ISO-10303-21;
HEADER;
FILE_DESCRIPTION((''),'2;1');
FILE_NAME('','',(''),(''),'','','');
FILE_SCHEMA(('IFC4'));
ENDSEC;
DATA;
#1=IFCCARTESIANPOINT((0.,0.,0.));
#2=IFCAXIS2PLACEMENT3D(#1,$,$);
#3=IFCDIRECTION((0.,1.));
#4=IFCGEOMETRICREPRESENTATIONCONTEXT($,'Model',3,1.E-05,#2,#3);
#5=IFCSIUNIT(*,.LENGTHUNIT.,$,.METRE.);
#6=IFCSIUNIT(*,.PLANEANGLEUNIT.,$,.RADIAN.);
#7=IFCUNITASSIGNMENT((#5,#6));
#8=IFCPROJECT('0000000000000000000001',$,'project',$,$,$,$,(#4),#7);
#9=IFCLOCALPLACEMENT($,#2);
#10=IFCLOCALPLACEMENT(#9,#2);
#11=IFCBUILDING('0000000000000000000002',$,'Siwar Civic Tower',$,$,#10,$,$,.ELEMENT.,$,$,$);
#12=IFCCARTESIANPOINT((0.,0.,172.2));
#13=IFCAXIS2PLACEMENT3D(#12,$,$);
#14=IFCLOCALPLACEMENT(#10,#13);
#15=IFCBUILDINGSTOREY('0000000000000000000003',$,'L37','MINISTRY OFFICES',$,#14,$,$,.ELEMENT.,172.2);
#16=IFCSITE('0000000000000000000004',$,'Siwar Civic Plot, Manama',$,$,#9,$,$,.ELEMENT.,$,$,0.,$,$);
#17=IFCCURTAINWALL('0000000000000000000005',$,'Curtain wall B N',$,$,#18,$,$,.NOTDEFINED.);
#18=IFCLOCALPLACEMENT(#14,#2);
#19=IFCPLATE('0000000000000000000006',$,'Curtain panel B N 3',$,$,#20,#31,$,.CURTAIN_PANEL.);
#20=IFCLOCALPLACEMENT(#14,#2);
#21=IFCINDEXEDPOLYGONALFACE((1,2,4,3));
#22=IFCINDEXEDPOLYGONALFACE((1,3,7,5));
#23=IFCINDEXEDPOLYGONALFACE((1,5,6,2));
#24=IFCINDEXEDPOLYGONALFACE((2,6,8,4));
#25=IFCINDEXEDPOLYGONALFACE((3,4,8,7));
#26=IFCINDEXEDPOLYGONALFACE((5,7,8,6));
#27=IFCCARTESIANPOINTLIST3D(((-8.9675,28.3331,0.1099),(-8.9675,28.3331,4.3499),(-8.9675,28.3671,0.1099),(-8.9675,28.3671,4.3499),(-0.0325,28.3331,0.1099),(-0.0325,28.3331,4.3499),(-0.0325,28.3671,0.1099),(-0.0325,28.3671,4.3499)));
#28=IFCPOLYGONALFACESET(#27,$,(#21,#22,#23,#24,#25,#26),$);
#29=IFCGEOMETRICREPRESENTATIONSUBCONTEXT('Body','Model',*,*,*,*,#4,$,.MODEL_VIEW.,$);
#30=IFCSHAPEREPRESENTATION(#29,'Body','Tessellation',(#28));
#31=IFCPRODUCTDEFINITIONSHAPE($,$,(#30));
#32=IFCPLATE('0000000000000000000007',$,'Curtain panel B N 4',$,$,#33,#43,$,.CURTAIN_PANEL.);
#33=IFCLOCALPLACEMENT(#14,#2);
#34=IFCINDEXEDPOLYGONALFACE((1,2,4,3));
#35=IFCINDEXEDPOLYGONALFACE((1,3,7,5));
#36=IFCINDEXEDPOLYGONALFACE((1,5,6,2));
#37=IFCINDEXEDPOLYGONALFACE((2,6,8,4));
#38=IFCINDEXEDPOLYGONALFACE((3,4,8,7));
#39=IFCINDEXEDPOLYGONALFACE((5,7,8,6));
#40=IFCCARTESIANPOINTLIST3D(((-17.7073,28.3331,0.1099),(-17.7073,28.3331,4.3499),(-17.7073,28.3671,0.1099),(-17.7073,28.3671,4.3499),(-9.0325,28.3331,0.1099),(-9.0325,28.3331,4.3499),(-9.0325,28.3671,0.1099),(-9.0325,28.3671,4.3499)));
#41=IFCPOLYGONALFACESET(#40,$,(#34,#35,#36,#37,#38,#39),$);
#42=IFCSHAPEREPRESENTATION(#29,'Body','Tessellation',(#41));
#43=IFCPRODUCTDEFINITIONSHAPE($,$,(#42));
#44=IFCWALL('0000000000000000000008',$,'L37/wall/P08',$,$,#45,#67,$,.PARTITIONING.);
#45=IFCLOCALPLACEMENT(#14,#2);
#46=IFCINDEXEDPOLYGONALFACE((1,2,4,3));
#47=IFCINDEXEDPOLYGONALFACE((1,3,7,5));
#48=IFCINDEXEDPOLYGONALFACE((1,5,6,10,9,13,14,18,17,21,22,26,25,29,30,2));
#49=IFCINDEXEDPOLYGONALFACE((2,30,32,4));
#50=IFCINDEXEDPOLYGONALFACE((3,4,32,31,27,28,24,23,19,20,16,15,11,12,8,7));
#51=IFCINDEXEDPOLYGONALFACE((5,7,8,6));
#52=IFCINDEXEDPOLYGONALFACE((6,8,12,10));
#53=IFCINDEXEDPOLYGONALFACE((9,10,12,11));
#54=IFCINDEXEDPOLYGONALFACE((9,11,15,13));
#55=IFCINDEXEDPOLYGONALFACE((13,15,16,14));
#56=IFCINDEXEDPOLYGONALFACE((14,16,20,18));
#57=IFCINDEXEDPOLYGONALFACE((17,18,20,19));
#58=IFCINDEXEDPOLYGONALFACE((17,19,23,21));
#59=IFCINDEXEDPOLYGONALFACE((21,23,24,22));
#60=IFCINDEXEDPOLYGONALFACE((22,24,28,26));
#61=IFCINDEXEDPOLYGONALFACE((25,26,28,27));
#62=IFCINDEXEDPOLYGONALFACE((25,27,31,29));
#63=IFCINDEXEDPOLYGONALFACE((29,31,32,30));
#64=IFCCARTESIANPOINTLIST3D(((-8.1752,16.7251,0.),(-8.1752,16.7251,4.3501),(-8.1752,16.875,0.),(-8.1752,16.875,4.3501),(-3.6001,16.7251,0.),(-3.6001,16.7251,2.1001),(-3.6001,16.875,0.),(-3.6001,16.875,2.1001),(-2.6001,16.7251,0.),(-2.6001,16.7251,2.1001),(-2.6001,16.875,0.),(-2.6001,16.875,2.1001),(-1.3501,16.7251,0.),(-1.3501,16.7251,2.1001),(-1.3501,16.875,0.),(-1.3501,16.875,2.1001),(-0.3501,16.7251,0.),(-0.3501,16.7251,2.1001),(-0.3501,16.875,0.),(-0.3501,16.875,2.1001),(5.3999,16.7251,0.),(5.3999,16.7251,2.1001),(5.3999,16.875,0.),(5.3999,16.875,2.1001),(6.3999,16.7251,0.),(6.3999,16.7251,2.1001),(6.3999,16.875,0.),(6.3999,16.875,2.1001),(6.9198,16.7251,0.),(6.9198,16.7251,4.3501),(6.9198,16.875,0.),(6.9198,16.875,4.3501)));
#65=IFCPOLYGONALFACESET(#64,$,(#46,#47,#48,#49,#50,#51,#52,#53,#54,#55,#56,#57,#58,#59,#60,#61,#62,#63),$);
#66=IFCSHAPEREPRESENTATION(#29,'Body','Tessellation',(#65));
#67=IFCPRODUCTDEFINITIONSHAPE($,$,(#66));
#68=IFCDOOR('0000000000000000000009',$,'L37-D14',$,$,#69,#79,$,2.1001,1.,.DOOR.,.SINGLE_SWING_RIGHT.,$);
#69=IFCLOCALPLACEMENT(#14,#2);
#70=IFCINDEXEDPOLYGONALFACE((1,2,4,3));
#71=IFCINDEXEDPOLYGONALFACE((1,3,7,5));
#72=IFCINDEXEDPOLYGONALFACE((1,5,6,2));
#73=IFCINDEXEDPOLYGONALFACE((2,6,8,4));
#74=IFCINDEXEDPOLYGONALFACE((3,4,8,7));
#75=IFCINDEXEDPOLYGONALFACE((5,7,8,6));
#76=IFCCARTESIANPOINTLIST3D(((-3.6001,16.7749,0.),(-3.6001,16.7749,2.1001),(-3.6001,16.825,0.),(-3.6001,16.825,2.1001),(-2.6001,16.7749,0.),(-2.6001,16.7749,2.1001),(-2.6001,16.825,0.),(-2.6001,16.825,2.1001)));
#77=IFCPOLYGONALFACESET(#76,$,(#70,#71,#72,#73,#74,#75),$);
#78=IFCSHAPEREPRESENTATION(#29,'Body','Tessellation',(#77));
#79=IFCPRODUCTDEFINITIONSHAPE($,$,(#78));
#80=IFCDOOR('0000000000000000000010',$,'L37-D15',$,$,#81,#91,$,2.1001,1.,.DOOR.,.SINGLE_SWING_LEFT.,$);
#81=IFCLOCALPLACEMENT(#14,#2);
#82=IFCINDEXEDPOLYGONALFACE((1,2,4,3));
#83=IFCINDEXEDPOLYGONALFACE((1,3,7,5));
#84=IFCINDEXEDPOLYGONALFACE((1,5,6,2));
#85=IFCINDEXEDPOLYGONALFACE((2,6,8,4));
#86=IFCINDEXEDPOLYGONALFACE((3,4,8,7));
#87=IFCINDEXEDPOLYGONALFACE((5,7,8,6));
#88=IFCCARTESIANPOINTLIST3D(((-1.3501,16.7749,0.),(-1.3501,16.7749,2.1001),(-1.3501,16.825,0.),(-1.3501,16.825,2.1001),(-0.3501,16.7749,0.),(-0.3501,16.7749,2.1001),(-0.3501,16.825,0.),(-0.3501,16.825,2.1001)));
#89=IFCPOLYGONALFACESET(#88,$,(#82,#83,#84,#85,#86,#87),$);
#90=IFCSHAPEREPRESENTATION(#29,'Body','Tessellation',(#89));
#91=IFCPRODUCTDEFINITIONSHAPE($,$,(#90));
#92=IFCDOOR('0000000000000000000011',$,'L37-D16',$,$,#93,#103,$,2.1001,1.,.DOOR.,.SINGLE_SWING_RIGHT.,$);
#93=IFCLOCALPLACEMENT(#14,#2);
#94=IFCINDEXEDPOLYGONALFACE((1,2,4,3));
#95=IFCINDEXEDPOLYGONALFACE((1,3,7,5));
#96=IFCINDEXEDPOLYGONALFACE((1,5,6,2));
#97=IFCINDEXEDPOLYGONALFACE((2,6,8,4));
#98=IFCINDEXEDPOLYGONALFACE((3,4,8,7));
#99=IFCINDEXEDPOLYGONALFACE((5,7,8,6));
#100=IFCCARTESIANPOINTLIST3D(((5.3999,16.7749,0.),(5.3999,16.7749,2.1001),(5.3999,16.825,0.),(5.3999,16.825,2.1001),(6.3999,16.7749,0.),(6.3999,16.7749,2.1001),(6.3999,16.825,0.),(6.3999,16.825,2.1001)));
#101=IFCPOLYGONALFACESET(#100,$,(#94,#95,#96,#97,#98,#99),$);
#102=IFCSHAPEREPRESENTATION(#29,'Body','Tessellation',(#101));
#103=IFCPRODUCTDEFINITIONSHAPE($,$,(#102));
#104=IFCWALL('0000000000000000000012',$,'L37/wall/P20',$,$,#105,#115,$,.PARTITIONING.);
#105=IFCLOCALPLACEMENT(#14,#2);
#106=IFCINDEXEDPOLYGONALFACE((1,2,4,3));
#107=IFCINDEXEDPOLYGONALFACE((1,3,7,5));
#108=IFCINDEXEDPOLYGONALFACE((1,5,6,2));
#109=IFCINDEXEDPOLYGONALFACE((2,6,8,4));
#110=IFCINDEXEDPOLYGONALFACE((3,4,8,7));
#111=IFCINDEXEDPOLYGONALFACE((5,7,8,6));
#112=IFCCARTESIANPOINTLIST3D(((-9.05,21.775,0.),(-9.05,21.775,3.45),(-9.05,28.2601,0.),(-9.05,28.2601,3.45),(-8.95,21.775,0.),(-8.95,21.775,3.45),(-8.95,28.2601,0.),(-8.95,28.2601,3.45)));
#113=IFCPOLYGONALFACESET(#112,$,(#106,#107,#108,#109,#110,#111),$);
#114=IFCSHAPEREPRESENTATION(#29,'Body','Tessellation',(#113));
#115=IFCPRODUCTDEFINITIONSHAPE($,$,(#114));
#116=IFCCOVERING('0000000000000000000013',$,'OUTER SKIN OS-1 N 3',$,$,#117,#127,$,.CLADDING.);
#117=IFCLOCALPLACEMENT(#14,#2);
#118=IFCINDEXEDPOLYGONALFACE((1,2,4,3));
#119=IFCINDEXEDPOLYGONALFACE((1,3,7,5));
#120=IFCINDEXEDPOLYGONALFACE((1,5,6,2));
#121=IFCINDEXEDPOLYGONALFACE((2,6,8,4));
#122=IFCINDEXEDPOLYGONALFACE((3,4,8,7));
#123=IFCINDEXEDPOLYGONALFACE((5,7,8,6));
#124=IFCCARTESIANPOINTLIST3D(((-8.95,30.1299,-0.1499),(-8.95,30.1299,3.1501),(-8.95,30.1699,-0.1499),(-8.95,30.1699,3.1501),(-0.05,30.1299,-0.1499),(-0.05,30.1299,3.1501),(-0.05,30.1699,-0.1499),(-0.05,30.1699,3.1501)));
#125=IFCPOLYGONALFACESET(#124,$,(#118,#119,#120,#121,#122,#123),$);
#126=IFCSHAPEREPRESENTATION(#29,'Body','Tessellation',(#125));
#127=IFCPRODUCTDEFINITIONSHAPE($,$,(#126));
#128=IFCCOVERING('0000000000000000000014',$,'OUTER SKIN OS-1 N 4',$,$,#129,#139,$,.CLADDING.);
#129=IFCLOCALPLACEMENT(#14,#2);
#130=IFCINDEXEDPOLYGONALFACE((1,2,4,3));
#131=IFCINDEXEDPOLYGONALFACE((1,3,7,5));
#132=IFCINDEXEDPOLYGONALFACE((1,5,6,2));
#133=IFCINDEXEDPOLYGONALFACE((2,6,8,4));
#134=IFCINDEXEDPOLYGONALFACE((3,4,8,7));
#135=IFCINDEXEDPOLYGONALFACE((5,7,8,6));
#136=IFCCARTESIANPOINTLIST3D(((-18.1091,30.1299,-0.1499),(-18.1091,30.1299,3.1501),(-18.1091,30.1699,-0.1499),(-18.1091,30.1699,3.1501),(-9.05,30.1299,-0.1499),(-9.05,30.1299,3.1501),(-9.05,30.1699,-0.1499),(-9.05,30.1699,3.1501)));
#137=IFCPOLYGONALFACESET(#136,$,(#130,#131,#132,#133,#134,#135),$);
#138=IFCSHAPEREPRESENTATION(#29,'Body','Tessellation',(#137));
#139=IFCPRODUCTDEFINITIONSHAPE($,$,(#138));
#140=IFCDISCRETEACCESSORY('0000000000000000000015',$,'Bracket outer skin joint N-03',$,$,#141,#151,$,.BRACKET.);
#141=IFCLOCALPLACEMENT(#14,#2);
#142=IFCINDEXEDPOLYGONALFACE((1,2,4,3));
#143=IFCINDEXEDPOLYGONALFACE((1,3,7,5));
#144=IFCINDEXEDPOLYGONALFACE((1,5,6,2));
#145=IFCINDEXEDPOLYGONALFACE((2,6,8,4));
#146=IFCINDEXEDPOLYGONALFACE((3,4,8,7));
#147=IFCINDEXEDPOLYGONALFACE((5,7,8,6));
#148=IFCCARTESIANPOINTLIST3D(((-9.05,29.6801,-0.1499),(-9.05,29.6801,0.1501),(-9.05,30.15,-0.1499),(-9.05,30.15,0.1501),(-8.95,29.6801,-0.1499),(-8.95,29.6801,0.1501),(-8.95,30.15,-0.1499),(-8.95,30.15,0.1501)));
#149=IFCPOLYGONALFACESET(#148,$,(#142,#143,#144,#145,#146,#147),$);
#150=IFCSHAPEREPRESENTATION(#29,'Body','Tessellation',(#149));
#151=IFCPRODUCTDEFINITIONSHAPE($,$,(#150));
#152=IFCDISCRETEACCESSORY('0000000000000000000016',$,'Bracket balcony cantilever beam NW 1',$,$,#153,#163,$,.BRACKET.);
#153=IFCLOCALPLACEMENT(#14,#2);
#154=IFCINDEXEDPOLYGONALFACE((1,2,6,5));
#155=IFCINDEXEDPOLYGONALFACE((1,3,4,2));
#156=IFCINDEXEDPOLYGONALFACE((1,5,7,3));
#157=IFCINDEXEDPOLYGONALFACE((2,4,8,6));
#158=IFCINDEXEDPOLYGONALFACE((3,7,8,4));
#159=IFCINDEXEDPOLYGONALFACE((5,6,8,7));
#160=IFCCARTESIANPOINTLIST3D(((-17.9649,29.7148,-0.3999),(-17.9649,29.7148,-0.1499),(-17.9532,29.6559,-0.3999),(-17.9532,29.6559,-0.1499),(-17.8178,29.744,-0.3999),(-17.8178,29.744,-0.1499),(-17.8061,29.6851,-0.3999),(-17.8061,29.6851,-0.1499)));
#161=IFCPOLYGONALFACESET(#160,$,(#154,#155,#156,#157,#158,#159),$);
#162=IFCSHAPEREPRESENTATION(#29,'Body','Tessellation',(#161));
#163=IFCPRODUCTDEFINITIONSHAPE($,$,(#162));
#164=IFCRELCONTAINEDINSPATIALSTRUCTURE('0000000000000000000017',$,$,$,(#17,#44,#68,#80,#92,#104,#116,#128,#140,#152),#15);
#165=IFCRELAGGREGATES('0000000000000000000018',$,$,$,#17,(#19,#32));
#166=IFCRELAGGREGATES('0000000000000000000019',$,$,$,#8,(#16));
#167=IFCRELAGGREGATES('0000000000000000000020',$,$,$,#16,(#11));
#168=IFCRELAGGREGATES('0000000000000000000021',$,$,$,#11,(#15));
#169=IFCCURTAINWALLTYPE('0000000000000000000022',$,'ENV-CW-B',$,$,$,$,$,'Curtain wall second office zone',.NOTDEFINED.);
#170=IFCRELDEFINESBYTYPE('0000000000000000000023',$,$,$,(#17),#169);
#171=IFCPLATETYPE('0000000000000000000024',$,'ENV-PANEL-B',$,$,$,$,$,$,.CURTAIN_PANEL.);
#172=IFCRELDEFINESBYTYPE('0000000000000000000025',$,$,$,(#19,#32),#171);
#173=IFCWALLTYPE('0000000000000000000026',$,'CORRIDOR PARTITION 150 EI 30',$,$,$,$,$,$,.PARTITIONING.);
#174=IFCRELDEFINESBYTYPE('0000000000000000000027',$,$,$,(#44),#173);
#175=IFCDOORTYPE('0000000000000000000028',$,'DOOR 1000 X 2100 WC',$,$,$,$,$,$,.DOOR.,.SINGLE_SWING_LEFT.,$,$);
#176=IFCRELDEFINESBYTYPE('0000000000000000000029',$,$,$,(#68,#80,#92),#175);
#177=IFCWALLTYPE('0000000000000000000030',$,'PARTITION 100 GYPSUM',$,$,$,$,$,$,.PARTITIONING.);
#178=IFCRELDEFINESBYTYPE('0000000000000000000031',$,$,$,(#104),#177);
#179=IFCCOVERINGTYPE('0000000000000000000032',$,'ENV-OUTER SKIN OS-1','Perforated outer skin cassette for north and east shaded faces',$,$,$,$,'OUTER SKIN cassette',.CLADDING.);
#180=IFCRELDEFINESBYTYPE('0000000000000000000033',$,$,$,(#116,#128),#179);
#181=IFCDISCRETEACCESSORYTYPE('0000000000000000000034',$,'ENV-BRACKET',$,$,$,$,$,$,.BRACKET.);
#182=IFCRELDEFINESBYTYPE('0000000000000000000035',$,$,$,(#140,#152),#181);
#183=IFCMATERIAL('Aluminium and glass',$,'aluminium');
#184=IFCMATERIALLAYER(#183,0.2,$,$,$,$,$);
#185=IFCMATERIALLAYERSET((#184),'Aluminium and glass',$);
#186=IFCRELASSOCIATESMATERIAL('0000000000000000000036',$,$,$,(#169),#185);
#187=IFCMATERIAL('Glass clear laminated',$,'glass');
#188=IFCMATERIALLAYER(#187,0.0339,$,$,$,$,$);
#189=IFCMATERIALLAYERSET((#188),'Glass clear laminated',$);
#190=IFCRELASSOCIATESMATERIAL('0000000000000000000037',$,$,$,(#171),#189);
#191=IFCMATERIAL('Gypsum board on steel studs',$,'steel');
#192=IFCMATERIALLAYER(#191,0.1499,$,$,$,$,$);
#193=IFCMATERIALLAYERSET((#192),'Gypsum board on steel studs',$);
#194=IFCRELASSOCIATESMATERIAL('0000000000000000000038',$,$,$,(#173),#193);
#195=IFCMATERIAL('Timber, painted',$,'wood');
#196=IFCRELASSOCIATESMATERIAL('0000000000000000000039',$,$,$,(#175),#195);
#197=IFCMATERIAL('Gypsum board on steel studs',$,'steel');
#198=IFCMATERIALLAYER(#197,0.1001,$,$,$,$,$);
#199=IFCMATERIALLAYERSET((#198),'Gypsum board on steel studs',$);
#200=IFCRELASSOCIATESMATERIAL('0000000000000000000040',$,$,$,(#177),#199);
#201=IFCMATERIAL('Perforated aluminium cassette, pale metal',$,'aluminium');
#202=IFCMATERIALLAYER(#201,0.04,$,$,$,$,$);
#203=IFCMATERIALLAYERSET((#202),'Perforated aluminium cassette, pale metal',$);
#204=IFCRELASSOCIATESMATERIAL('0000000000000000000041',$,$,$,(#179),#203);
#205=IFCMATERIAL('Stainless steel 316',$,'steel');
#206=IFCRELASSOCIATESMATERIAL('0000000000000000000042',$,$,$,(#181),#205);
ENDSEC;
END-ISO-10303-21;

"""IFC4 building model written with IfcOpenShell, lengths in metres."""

from ifc_helpers import new_model, si_unit, direction, frame, frame_2d, origin, origin_2d, place, context, subcontext, project, spatial, rectangle, extrude, material, layer, layer_set, type_object, element, fill, aggregate, save


model = new_model("IFC4")

# Units and contexts
model_context = context("Model", 3, precision=1e-05, world=origin(), true_north=direction((0.0, 1.0)))
body_context = subcontext(model_context, "Body", "Model", "MODEL_VIEW")
ifc_project = project(units=[si_unit("LENGTHUNIT", "METRE"), si_unit("PLANEANGLEUNIT", "RADIAN")], contexts=[model_context])

# Site, building, storey
site_placement = place(None, origin())
site = spatial("IfcSite", under=ifc_project, at=site_placement, Name="Siwar Civic Plot, Manama", CompositionType="ELEMENT", RefElevation=0.0)
building_placement = place(site_placement, origin())
building = spatial("IfcBuilding", under=site, at=building_placement, Name="Siwar Civic Tower", CompositionType="ELEMENT")
storey_placement = place(building_placement, frame((0.0, 0.0, 172.2)))
storey = spatial("IfcBuildingStorey", under=building, at=storey_placement, Name="L37", Description="MINISTRY OFFICES", CompositionType="ELEMENT", Elevation=172.2)

# Curtain wall
ifc_material_1 = material(Name="Aluminium and glass", Category="aluminium")
ifc_layer_1 = layer(ifc_material_1, 0.2)
ifc_layer_set_1 = layer_set([ifc_layer_1], Name="Aluminium and glass")
curtain_wall_type_1 = type_object("IfcCurtainWallType", Name="ENV-CW-B", ElementType="Curtain wall second office zone", PredefinedType="NOTDEFINED", material=ifc_layer_set_1)
curtain_wall_1_placement = place(storey_placement, origin())
curtain_wall_1 = element("IfcCurtainWall", 1, at=curtain_wall_1_placement, inside=storey, type_object=curtain_wall_type_1, Name="Curtain wall B N", PredefinedType="NOTDEFINED")

# Plates
ifc_material_2 = material(Name="Glass clear laminated", Category="glass")
ifc_layer_2 = layer(ifc_material_2, 0.0339)
ifc_layer_set_2 = layer_set([ifc_layer_2], Name="Glass clear laminated")
plate_type = type_object("IfcPlateType", Name="ENV-PANEL-B", PredefinedType="CURTAIN_PANEL", material=ifc_layer_set_2)
plate_1_placement = place(storey_placement, frame((-4.5, 28.3501, 0.1099), z_axis=(0.0, 0.0, 1.0), x_axis=(-1.0, 0.0, 0.0)))
plate_1 = element("IfcPlate", 2, at=plate_1_placement, type_object=plate_type, Name="Curtain panel B N 3", PredefinedType="CURTAIN_PANEL", context=body_context, shape_type="SweptSolid", body=[
    extrude(rectangle(XDim=8.9351, YDim=0.0339, at=origin_2d()), origin(), (0.0, 0.0, 1.0), 4.24),
])
plate_2_placement = place(storey_placement, frame((-13.3699, 28.3501, 0.1099), z_axis=(0.0, 0.0, 1.0), x_axis=(-1.0, 0.0, 0.0)))
plate_2 = element("IfcPlate", 3, at=plate_2_placement, type_object=plate_type, Name="Curtain panel B N 4", PredefinedType="CURTAIN_PANEL", context=body_context, shape_type="SweptSolid", body=[
    extrude(rectangle(XDim=8.6748, YDim=0.0339, at=origin_2d()), origin(), (0.0, 0.0, 1.0), 4.24),
])
aggregate(curtain_wall_1, [plate_1, plate_2])

# Wall, openings, doors
ifc_material_3 = material(Name="Gypsum board on steel studs", Category="steel")
ifc_layer_3 = layer(ifc_material_3, 0.1499)
ifc_layer_set_3 = layer_set([ifc_layer_3], Name="Gypsum board on steel studs")
wall_type_1 = type_object("IfcWallType", Name="CORRIDOR PARTITION 150 EI 30", PredefinedType="PARTITIONING", material=ifc_layer_set_3)
wall_1_placement = place(storey_placement, frame((-8.175, 16.8, 0.0), z_axis=(0.0, 0.0, 1.0), x_axis=(1.0, 0.0, 0.0)))
wall_1 = element("IfcWall", 4, at=wall_1_placement, inside=storey, type_object=wall_type_1, Name="L37/wall/P08", PredefinedType="PARTITIONING", context=body_context, shape_type="SweptSolid", body=[
    extrude(rectangle(XDim=15.095, YDim=0.1499, at=frame_2d((7.5474, 0.0))), origin(), (0.0, 0.0, 1.0), 4.3501),
])
opening_1_placement = place(wall_1_placement, frame((4.575, 0.0, 0.0)))
opening_1 = element("IfcOpeningElement", 5, at=opening_1_placement, cuts=wall_1, PredefinedType="OPENING", context=body_context, shape_type="SweptSolid", body=[
    extrude(rectangle(XDim=1.0, YDim=2.1001, at=frame_2d((0.5, 1.05))), frame((0.0, 0.085, 0.0), z_axis=(0.0, -1.0, 0.0), x_axis=(1.0, 0.0, 0.0)), (0.0, 0.0, 1.0), 0.1699),
])
opening_2_placement = place(wall_1_placement, frame((6.825, 0.0, 0.0)))
opening_2 = element("IfcOpeningElement", 6, at=opening_2_placement, cuts=wall_1, PredefinedType="OPENING", context=body_context, shape_type="SweptSolid", body=[
    extrude(rectangle(XDim=1.0, YDim=2.1001, at=frame_2d((0.5, 1.05))), frame((0.0, 0.085, 0.0), z_axis=(0.0, -1.0, 0.0), x_axis=(1.0, 0.0, 0.0)), (0.0, 0.0, 1.0), 0.1699),
])
opening_3_placement = place(wall_1_placement, frame((13.575, 0.0, 0.0)))
opening_3 = element("IfcOpeningElement", 7, at=opening_3_placement, cuts=wall_1, PredefinedType="OPENING", context=body_context, shape_type="SweptSolid", body=[
    extrude(rectangle(XDim=1.0, YDim=2.1001, at=frame_2d((0.5, 1.05))), frame((0.0, 0.085, 0.0), z_axis=(0.0, -1.0, 0.0), x_axis=(1.0, 0.0, 0.0)), (0.0, 0.0, 1.0), 0.1699),
])
ifc_material_4 = material(Name="Timber, painted", Category="wood")
door_type = type_object("IfcDoorType", Name="DOOR 1000 X 2100 WC", OperationType="SINGLE_SWING_LEFT", PredefinedType="DOOR", material=ifc_material_4)
door_1_placement = place(opening_1_placement, origin())
door_1 = element("IfcDoor", 8, at=door_1_placement, inside=storey, type_object=door_type, Name="L37-D14", OperationType="SINGLE_SWING_RIGHT", OverallHeight=2.1001, OverallWidth=1.0, PredefinedType="DOOR", context=body_context, shape_type="SweptSolid", body=[
    extrude(rectangle(XDim=1.0, YDim=2.1001, at=frame_2d((0.5, 1.05))), frame((0.0, 0.0249, 0.0), z_axis=(0.0, -1.0, 0.0), x_axis=(1.0, 0.0, 0.0)), (0.0, 0.0, 1.0), 0.05),
])
fill(opening_1, door_1)
door_2_placement = place(opening_2_placement, origin())
door_2 = element("IfcDoor", 9, at=door_2_placement, inside=storey, type_object=door_type, Name="L37-D15", OperationType="SINGLE_SWING_LEFT", OverallHeight=2.1001, OverallWidth=1.0, PredefinedType="DOOR", context=body_context, shape_type="SweptSolid", body=[
    extrude(rectangle(XDim=1.0, YDim=2.1001, at=frame_2d((0.5, 1.05))), frame((0.0, 0.0249, 0.0), z_axis=(0.0, -1.0, 0.0), x_axis=(1.0, 0.0, 0.0)), (0.0, 0.0, 1.0), 0.05),
])
fill(opening_2, door_2)
door_3_placement = place(opening_3_placement, origin())
door_3 = element("IfcDoor", 10, at=door_3_placement, inside=storey, type_object=door_type, Name="L37-D16", OperationType="SINGLE_SWING_RIGHT", OverallHeight=2.1001, OverallWidth=1.0, PredefinedType="DOOR", context=body_context, shape_type="SweptSolid", body=[
    extrude(rectangle(XDim=1.0, YDim=2.1001, at=frame_2d((0.5, 1.05))), frame((0.0, 0.0249, 0.0), z_axis=(0.0, -1.0, 0.0), x_axis=(1.0, 0.0, 0.0)), (0.0, 0.0, 1.0), 0.05),
])
fill(opening_3, door_3)

# Wall
ifc_material_5 = material(Name="Gypsum board on steel studs", Category="steel")
ifc_layer_4 = layer(ifc_material_5, 0.1001)
ifc_layer_set_4 = layer_set([ifc_layer_4], Name="Gypsum board on steel studs")
wall_type_2 = type_object("IfcWallType", Name="PARTITION 100 GYPSUM", PredefinedType="PARTITIONING", material=ifc_layer_set_4)
wall_2_placement = place(storey_placement, frame((-9.0, 21.7749, 0.0), z_axis=(0.0, 0.0, 1.0), x_axis=(0.0, 1.0, 0.0)))
element("IfcWall", 11, at=wall_2_placement, inside=storey, type_object=wall_type_2, Name="L37/wall/P20", PredefinedType="PARTITIONING", context=body_context, shape_type="SweptSolid", body=[
    extrude(rectangle(XDim=6.4851, YDim=0.1001, at=frame_2d((3.2427, 0.0))), origin(), (0.0, 0.0, 1.0), 3.45),
])

# Coverings
ifc_material_6 = material(Name="Perforated aluminium cassette, pale metal", Category="aluminium")
ifc_layer_5 = layer(ifc_material_6, 0.04)
ifc_layer_set_5 = layer_set([ifc_layer_5], Name="Perforated aluminium cassette, pale metal")
covering_type = type_object("IfcCoveringType", Name="ENV-OUTER SKIN OS-1", Description="Perforated outer skin cassette for north and east shaded faces", ElementType="OUTER SKIN cassette", PredefinedType="CLADDING", material=ifc_layer_set_5)
covering_1_placement = place(storey_placement, frame((-4.5, 30.1499, -0.1499), z_axis=(0.0, 0.0, 1.0), x_axis=(-1.0, 0.0, 0.0)))
element("IfcCovering", 12, at=covering_1_placement, inside=storey, type_object=covering_type, Name="OUTER SKIN OS-1 N 3", PredefinedType="CLADDING", context=body_context, shape_type="SweptSolid", body=[
    extrude(rectangle(XDim=8.8999, YDim=0.04, at=origin_2d()), origin(), (0.0, 0.0, 1.0), 3.3),
])
covering_2_placement = place(storey_placement, frame((-13.5796, 30.1499, -0.1499), z_axis=(0.0, 0.0, 1.0), x_axis=(-1.0, 0.0, 0.0)))
element("IfcCovering", 13, at=covering_2_placement, inside=storey, type_object=covering_type, Name="OUTER SKIN OS-1 N 4", PredefinedType="CLADDING", context=body_context, shape_type="SweptSolid", body=[
    extrude(rectangle(XDim=9.0591, YDim=0.04, at=origin_2d()), origin(), (0.0, 0.0, 1.0), 3.3),
])

# Discrete accessories
ifc_material_7 = material(Name="Stainless steel 316", Category="steel")
discrete_accessory_type = type_object("IfcDiscreteAccessoryType", Name="ENV-BRACKET", PredefinedType="BRACKET", material=ifc_material_7)
discrete_accessory_1_placement = place(storey_placement, frame((-9.0, 29.915, -0.1499), z_axis=(0.0, 0.0, 1.0), x_axis=(0.0, 1.0, 0.0)))
element("IfcDiscreteAccessory", 14, at=discrete_accessory_1_placement, inside=storey, type_object=discrete_accessory_type, Name="Bracket outer skin joint N-03", PredefinedType="BRACKET", context=body_context, shape_type="SweptSolid", body=[
    extrude(rectangle(XDim=0.47, YDim=0.1001, at=origin_2d()), origin(), (0.0, 0.0, 1.0), 0.3),
])
discrete_accessory_2_placement = place(storey_placement, frame((-17.8855, 29.7, -0.3999), z_axis=(0.0, 0.0, 1.0), x_axis=(-0.19509, 0.980785, 0.0)))
element("IfcDiscreteAccessory", 15, at=discrete_accessory_2_placement, inside=storey, type_object=discrete_accessory_type, Name="Bracket balcony cantilever beam NW 1", PredefinedType="BRACKET", context=body_context, shape_type="SweptSolid", body=[
    extrude(rectangle(XDim=0.0601, YDim=0.1499, at=origin_2d()), origin(), (0.0, 0.0, 1.0), 0.25),
])

save(model, "model.ifc")
